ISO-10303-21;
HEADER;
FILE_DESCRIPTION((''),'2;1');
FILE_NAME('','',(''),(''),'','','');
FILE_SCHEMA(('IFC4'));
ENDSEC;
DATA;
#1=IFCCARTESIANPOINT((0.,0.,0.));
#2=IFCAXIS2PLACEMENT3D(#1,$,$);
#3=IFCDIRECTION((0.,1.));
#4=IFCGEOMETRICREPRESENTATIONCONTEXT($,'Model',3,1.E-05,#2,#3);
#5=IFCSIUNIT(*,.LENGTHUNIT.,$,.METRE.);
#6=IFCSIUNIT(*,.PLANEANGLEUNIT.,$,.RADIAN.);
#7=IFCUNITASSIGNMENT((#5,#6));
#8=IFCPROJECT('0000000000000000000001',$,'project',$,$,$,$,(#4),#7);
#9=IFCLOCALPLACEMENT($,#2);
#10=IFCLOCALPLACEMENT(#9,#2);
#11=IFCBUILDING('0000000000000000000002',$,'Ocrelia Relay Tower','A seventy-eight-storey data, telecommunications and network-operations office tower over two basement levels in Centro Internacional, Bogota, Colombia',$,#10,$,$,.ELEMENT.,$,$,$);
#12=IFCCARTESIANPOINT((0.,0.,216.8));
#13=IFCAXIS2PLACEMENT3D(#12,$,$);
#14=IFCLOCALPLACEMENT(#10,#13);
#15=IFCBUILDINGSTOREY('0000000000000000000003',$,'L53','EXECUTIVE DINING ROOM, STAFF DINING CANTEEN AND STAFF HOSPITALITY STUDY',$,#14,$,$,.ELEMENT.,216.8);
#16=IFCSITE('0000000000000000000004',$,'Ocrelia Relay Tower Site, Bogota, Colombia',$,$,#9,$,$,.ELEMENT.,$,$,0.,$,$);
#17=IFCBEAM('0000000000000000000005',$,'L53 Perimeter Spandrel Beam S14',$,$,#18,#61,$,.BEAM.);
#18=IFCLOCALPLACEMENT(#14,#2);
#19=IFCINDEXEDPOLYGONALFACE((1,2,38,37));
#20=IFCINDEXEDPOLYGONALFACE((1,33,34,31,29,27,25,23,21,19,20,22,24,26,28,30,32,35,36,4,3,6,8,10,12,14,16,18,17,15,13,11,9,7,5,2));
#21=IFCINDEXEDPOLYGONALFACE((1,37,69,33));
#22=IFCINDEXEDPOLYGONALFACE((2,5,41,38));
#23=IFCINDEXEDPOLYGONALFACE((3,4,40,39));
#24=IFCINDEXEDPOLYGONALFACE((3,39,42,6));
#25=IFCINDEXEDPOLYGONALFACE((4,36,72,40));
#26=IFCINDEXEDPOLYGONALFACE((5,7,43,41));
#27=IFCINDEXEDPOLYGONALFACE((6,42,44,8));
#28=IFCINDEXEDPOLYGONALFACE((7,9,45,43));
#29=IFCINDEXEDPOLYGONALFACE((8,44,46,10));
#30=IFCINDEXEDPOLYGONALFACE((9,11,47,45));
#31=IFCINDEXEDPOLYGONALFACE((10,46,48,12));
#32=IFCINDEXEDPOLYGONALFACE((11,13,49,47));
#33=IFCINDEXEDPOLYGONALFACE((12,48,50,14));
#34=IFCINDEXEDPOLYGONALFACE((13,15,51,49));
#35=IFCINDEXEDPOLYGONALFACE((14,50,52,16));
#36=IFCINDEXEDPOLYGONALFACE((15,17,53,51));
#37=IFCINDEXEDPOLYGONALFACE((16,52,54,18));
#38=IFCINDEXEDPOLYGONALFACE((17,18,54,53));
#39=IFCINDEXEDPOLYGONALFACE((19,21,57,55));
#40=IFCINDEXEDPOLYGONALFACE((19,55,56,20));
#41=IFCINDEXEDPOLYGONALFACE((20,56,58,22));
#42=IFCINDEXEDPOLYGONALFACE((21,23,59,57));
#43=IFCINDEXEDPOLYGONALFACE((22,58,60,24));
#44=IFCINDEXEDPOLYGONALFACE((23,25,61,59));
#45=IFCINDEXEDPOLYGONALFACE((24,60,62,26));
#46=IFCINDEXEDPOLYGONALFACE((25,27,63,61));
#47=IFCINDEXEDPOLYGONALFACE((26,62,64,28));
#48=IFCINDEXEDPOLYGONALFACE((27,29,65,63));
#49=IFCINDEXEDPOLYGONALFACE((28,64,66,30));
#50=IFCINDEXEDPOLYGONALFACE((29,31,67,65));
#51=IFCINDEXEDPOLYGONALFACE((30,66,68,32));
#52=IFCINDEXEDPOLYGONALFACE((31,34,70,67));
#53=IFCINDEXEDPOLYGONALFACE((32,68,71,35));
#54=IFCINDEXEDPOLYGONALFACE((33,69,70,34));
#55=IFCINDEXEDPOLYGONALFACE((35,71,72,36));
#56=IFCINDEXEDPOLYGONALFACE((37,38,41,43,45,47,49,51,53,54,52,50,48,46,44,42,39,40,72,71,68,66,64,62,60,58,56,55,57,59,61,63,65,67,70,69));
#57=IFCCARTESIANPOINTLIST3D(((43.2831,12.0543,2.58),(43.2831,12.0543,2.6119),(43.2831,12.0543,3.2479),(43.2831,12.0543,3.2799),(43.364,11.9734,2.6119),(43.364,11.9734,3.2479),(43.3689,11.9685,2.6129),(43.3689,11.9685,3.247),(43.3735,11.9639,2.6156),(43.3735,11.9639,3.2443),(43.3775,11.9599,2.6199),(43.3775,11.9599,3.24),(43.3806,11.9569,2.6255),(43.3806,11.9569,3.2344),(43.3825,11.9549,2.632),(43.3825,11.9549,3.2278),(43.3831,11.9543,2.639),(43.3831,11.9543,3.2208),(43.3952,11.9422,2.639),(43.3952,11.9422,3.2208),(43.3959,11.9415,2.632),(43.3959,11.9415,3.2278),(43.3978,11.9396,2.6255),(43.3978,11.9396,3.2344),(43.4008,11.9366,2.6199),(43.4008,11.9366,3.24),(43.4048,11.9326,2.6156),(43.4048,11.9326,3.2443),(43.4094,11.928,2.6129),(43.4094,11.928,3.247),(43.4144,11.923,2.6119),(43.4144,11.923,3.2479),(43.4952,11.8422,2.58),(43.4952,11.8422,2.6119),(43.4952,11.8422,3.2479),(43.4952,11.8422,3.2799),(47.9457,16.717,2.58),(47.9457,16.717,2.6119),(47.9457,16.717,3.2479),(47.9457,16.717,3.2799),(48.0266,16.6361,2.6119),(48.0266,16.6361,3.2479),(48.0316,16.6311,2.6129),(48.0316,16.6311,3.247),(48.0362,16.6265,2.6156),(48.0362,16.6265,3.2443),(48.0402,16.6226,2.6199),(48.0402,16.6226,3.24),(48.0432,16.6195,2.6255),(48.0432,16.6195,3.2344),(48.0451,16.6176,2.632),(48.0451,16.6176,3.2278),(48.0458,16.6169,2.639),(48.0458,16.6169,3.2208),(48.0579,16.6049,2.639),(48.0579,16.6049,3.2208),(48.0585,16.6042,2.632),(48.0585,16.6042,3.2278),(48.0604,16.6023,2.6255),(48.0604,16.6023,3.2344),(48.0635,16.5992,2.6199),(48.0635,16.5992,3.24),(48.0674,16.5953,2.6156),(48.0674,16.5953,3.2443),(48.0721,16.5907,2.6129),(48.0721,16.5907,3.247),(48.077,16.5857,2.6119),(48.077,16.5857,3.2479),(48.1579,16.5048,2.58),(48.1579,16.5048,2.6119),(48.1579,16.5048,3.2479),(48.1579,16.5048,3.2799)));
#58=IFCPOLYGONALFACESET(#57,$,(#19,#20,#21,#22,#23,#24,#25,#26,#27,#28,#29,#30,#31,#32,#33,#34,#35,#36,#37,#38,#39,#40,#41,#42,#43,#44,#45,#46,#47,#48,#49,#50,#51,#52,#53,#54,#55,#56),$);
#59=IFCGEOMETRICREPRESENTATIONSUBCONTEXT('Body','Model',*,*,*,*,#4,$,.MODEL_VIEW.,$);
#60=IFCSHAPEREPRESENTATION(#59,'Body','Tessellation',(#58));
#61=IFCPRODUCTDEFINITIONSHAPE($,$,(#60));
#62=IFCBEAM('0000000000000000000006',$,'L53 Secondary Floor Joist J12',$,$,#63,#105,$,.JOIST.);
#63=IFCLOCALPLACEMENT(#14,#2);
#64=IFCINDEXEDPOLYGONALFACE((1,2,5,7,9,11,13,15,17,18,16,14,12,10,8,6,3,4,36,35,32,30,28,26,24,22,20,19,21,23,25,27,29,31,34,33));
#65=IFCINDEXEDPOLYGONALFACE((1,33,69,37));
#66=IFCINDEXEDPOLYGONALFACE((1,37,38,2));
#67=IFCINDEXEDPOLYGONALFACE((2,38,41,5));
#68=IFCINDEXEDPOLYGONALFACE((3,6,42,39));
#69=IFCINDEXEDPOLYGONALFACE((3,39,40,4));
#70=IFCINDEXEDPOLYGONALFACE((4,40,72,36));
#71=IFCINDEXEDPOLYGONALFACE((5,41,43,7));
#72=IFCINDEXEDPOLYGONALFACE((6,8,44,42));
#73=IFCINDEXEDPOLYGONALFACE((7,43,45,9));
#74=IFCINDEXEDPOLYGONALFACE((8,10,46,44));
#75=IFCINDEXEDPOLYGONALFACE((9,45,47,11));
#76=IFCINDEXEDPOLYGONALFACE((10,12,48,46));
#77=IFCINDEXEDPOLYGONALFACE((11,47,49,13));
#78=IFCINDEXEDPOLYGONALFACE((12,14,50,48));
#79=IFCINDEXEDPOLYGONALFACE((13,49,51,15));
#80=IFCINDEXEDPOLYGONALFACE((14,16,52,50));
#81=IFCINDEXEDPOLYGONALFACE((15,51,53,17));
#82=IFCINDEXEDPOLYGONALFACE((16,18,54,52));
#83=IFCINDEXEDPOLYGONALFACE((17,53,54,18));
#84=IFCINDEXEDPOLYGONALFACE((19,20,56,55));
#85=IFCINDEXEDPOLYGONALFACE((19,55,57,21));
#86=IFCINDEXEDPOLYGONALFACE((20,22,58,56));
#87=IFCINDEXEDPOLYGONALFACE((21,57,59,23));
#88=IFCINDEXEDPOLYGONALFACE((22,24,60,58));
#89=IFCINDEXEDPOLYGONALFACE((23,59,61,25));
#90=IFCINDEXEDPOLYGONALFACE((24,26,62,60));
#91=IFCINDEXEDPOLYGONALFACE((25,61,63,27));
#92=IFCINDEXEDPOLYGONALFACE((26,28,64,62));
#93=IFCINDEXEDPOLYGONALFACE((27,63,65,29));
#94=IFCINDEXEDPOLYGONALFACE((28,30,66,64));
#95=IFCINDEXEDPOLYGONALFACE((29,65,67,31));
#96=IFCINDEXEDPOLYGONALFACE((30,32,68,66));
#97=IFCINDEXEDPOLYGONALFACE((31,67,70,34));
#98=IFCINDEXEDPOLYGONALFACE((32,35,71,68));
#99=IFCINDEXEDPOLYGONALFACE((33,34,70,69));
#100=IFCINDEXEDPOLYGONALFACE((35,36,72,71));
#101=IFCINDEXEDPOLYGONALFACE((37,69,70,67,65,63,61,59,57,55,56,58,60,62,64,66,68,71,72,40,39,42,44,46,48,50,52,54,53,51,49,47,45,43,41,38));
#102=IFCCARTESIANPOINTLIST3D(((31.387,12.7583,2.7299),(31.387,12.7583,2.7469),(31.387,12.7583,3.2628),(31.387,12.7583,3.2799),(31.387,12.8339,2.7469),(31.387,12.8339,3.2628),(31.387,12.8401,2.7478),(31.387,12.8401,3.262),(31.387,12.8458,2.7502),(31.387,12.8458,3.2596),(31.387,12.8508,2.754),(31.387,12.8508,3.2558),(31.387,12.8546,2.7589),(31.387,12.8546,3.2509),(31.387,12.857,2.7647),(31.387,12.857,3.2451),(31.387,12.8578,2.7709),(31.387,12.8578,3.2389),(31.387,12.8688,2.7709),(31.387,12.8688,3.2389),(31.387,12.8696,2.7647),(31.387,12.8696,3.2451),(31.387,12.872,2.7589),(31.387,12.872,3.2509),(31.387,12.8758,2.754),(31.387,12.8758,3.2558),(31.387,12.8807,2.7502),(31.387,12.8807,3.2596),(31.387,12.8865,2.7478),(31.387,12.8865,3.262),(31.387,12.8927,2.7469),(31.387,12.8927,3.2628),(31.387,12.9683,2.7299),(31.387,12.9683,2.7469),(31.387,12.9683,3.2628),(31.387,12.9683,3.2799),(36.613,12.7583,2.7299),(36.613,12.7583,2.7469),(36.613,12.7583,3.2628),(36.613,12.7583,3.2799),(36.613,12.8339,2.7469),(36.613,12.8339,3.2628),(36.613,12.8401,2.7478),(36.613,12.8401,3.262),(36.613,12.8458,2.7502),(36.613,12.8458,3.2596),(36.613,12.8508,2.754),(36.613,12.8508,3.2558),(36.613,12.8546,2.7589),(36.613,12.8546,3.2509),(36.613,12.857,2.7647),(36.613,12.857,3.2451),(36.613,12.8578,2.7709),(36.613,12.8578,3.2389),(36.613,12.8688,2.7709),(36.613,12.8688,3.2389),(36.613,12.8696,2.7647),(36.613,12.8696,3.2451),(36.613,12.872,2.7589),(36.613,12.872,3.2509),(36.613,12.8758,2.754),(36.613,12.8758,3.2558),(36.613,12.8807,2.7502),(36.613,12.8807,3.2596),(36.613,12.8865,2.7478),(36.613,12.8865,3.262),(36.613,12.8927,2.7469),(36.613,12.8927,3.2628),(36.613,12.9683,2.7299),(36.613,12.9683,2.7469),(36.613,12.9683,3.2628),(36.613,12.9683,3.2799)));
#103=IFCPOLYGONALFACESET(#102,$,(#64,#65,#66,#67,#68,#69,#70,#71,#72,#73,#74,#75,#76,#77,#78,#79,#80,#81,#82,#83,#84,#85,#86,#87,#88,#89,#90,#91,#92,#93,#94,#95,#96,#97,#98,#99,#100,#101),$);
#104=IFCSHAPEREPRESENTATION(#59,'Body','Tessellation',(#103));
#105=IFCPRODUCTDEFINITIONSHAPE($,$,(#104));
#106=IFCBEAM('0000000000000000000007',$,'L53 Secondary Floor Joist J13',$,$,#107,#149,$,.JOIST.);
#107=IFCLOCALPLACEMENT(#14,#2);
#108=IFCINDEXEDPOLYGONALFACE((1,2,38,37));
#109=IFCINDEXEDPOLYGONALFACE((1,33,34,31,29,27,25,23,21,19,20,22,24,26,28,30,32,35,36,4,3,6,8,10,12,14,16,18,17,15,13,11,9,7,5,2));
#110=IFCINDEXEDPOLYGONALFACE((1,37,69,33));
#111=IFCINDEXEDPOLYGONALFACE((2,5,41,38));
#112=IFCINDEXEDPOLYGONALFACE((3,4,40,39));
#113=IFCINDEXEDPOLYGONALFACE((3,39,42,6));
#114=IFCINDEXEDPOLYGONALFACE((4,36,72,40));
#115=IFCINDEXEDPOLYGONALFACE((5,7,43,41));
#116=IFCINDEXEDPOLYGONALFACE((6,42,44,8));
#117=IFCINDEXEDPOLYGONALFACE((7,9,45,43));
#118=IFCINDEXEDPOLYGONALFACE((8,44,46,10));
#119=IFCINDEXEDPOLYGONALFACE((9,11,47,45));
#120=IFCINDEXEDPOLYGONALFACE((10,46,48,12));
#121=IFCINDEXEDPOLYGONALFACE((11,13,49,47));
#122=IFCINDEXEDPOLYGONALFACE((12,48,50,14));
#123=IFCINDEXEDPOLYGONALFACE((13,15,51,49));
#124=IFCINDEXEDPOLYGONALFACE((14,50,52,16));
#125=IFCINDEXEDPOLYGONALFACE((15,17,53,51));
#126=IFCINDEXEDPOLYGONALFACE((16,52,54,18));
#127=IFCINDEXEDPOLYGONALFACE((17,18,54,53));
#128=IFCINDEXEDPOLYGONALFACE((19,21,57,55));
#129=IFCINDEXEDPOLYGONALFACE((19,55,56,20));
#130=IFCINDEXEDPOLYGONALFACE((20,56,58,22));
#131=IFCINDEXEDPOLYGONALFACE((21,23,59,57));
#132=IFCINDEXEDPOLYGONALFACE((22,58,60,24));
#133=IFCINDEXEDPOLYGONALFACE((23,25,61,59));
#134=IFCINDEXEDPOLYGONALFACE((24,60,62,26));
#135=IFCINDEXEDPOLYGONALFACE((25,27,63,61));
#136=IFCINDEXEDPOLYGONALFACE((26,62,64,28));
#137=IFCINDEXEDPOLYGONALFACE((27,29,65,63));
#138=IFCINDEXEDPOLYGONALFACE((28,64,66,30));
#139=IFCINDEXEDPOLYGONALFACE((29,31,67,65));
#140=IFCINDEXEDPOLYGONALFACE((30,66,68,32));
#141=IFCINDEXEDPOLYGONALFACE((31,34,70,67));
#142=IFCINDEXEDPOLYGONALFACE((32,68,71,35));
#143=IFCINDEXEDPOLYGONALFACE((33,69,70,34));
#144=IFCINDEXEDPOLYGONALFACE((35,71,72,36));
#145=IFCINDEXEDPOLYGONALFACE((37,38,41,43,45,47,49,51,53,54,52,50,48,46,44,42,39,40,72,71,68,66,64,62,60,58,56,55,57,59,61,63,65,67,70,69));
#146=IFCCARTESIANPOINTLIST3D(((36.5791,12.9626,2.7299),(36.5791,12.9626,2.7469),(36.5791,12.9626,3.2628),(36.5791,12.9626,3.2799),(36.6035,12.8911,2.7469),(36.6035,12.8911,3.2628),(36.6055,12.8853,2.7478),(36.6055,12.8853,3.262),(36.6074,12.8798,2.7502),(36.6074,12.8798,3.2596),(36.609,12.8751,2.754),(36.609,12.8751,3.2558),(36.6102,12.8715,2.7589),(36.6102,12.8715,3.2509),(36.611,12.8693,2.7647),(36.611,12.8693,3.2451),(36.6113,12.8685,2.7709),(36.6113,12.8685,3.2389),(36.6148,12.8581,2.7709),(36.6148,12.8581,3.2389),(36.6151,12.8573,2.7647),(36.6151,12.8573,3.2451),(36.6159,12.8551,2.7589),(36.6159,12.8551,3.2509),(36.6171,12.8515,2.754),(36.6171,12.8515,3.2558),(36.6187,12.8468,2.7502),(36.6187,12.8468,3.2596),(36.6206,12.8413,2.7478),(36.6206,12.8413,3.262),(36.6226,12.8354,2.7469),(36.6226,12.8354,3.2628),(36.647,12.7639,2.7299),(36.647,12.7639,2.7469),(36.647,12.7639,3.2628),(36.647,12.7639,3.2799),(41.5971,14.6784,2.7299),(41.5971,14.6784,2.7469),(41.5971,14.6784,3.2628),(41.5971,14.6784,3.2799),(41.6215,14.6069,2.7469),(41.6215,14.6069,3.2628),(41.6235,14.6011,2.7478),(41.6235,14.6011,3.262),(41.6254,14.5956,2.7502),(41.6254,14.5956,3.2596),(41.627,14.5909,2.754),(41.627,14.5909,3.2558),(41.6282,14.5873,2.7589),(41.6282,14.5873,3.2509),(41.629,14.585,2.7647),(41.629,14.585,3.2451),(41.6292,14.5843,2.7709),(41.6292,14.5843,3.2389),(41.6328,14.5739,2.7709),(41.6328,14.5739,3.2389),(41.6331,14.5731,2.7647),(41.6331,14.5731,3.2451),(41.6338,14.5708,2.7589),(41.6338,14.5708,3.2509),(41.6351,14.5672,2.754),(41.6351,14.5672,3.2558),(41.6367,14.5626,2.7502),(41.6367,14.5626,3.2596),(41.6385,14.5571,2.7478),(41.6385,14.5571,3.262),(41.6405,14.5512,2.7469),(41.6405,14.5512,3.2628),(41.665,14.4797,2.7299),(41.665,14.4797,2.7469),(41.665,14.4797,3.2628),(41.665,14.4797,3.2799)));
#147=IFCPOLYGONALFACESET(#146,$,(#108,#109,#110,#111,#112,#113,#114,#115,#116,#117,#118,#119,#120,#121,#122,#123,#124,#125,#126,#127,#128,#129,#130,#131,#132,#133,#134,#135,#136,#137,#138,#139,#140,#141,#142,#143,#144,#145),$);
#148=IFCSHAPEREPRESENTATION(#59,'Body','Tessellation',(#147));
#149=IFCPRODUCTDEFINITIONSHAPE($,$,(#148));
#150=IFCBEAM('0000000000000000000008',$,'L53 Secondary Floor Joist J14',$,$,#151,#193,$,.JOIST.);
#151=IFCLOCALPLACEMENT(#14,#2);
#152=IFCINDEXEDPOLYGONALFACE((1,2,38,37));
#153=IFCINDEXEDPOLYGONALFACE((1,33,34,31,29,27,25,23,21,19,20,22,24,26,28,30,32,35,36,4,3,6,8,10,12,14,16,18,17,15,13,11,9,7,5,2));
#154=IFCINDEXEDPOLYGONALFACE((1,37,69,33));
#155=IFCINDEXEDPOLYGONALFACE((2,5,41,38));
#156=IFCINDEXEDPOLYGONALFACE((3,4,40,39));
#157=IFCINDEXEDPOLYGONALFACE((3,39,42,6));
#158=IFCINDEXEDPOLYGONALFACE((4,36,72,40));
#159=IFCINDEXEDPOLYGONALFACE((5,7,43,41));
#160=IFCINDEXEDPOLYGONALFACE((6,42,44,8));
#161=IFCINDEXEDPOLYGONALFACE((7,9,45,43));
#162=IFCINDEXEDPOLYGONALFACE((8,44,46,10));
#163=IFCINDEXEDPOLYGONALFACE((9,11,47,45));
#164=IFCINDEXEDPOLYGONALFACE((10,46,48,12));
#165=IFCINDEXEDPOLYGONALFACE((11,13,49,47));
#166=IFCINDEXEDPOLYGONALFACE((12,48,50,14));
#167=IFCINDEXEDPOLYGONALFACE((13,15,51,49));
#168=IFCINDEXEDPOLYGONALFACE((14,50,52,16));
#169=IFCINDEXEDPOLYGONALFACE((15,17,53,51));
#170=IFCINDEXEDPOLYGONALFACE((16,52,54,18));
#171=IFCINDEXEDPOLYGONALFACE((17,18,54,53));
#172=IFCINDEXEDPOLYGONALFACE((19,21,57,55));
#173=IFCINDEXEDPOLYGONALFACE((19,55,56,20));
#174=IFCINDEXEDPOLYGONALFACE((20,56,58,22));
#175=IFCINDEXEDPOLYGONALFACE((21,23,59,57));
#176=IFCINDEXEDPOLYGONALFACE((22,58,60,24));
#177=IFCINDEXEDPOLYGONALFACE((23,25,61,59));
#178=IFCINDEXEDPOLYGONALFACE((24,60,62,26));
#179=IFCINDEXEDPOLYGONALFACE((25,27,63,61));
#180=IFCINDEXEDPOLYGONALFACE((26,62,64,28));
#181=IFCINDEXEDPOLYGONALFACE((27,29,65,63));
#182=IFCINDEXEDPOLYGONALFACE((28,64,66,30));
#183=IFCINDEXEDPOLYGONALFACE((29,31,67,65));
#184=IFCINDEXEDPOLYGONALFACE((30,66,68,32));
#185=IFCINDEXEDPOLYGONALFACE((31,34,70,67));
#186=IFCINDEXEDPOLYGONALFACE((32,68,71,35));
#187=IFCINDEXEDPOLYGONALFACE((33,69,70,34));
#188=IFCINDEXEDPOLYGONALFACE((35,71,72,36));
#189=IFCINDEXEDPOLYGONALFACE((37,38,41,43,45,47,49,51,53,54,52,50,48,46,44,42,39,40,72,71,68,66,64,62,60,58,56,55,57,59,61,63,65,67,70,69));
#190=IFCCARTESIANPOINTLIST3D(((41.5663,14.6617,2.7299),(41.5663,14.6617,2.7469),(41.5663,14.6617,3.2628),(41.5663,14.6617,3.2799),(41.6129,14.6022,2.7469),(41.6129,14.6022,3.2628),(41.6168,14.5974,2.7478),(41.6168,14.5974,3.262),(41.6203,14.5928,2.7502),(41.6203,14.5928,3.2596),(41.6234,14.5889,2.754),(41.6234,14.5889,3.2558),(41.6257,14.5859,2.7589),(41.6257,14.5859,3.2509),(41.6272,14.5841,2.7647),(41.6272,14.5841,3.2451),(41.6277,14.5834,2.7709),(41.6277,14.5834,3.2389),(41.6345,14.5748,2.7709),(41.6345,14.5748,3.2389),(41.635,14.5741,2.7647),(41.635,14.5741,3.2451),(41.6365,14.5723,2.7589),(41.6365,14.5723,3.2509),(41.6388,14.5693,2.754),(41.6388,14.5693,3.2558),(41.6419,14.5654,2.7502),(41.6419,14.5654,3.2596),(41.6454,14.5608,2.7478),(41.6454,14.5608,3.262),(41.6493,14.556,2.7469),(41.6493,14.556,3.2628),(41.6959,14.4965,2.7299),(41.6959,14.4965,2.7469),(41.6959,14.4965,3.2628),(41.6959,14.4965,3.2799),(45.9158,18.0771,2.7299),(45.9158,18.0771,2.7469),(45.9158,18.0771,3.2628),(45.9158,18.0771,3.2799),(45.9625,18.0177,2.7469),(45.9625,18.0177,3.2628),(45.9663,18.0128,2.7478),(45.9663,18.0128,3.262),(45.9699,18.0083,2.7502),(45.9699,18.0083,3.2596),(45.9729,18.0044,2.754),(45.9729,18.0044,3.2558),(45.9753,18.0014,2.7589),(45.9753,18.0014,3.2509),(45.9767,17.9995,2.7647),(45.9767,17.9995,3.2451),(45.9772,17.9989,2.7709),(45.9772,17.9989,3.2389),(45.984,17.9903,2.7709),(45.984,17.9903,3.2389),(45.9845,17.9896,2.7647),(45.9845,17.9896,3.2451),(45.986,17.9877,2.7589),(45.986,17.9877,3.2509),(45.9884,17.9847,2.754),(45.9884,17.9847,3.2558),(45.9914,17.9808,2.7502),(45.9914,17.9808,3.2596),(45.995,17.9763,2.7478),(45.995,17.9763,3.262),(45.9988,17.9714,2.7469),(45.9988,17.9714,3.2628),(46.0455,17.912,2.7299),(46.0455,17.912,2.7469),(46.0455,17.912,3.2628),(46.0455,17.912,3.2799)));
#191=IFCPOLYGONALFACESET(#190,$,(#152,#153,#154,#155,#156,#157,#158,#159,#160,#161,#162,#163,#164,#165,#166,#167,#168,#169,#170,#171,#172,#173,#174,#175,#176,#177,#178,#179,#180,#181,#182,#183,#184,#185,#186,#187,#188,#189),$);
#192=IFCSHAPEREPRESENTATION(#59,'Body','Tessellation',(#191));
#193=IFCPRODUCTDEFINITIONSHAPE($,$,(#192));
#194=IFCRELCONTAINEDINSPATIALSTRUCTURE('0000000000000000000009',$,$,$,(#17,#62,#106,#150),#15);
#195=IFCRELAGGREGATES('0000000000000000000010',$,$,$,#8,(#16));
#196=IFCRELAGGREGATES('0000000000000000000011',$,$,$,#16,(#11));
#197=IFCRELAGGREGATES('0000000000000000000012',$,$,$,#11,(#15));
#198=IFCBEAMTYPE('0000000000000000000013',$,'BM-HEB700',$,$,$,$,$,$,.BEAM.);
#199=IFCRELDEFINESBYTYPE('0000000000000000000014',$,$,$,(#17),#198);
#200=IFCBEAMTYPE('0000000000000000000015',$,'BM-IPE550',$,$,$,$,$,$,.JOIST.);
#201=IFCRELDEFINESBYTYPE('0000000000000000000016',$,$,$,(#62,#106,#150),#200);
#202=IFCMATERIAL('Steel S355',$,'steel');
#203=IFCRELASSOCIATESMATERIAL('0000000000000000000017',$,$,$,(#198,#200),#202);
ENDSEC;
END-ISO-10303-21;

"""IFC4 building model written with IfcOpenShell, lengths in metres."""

from ifc_helpers import new_model, si_unit, direction, frame, origin, origin_2d, place, context, subcontext, project, spatial, i_section, extrude, material, material_profile, profile_set, type_object, element, save


model = new_model("IFC4")

# Units and contexts
model_context = context("Model", 3, precision=1e-05, world=origin(), true_north=direction((0.0, 1.0)))
body_context = subcontext(model_context, "Body", "Model", "MODEL_VIEW")
ifc_project = project(units=[si_unit("LENGTHUNIT", "METRE"), si_unit("PLANEANGLEUNIT", "RADIAN")], contexts=[model_context])

# Site, building, storey
site_placement = place(None, origin())
site = spatial("IfcSite", under=ifc_project, at=site_placement, Name="Ocrelia Relay Tower Site, Bogota, Colombia", CompositionType="ELEMENT", RefElevation=0.0)
building_placement = place(site_placement, origin())
building = spatial("IfcBuilding", under=site, at=building_placement, Name="Ocrelia Relay Tower", Description="A seventy-eight-storey data, telecommunications and network-operations office tower over two basement levels in Centro Internacional, Bogota, Colombia", CompositionType="ELEMENT")
storey_placement = place(building_placement, frame((0.0, 0.0, 216.8)))
storey = spatial("IfcBuildingStorey", under=building, at=storey_placement, Name="L53", Description="EXECUTIVE DINING ROOM, STAFF DINING CANTEEN AND STAFF HOSPITALITY STUDY", CompositionType="ELEMENT", Elevation=216.8)

# Beams
ifc_material_1 = material(Name="Steel S355", Category="steel")
ifc_material_profile_1 = material_profile(ifc_material_1, i_section(OverallWidth=0.3, OverallDepth=0.7, WebThickness=0.0171, FlangeThickness=0.032, FilletRadius=0.0271, at=origin_2d()), Name="HEB 700")
ifc_profile_set_1 = profile_set([ifc_material_profile_1], Name="Steel S355")
beam_type_1 = type_object("IfcBeamType", Name="BM-HEB700", PredefinedType="BEAM", material=ifc_profile_set_1)
for number, where, z_axis, x_axis, name in (
    (1, (43.3892, 11.9482, 2.9299), (0.707107, 0.707107, 0.0), (-0.707107, 0.707107, 0.0), "L53 Perimeter Spandrel Beam S14"),
):
    element("IfcBeam", number, at=place(storey_placement, frame(where, z_axis=z_axis, x_axis=x_axis)), inside=storey, type_object=beam_type_1, Name=name, PredefinedType="BEAM", context=body_context, shape_type="SweptSolid", body=[
        extrude(i_section(OverallWidth=0.3, OverallDepth=0.7, WebThickness=0.0171, FlangeThickness=0.032, FilletRadius=0.0271, at=origin_2d()), origin(), (0.0, 0.0, 1.0), 6.594),
    ])
ifc_material_profile_2 = material_profile(ifc_material_1, i_section(OverallWidth=0.21, OverallDepth=0.55, WebThickness=0.011, FlangeThickness=0.0171, FilletRadius=0.0239, at=origin_2d()), Name="IPE 550")
ifc_profile_set_2 = profile_set([ifc_material_profile_2], Name="Steel S355")
beam_type_2 = type_object("IfcBeamType", Name="BM-IPE550", PredefinedType="JOIST", material=ifc_profile_set_2)
beam_1_placement = place(storey_placement, frame((31.387, 12.8633, 3.0049), z_axis=(1.0, 0.0, 0.0), x_axis=(0.0, 1.0, 0.0)))
element("IfcBeam", 2, at=beam_1_placement, inside=storey, type_object=beam_type_2, Name="L53 Secondary Floor Joist J12", PredefinedType="JOIST", context=body_context, shape_type="SweptSolid", body=[
    extrude(i_section(OverallWidth=0.21, OverallDepth=0.55, WebThickness=0.011, FlangeThickness=0.0171, FilletRadius=0.0239, at=origin_2d()), origin(), (0.0, 0.0, 1.0), 5.2261),
])
beam_2_placement = place(storey_placement, frame((36.613, 12.8633, 3.0049), z_axis=(0.946215, 0.323538, 0.0), x_axis=(-0.323538, 0.946215, 0.0)))
element("IfcBeam", 3, at=beam_2_placement, inside=storey, type_object=beam_type_2, Name="L53 Secondary Floor Joist J13", PredefinedType="JOIST", context=body_context, shape_type="SweptSolid", body=[
    extrude(i_section(OverallWidth=0.21, OverallDepth=0.55, WebThickness=0.011, FlangeThickness=0.0171, FilletRadius=0.0239, at=origin_2d()), origin(), (0.0, 0.0, 1.0), 5.3032),
])
beam_3_placement = place(storey_placement, frame((41.6311, 14.5791, 3.0049), z_axis=(0.786496, 0.617595, 0.0), x_axis=(-0.617595, 0.786496, 0.0)))
element("IfcBeam", 4, at=beam_3_placement, inside=storey, type_object=beam_type_2, Name="L53 Secondary Floor Joist J14", PredefinedType="JOIST", context=body_context, shape_type="SweptSolid", body=[
    extrude(i_section(OverallWidth=0.21, OverallDepth=0.55, WebThickness=0.011, FlangeThickness=0.0171, FilletRadius=0.0239, at=origin_2d()), origin(), (0.0, 0.0, 1.0), 5.5303),
])

save(model, "model.ifc")
